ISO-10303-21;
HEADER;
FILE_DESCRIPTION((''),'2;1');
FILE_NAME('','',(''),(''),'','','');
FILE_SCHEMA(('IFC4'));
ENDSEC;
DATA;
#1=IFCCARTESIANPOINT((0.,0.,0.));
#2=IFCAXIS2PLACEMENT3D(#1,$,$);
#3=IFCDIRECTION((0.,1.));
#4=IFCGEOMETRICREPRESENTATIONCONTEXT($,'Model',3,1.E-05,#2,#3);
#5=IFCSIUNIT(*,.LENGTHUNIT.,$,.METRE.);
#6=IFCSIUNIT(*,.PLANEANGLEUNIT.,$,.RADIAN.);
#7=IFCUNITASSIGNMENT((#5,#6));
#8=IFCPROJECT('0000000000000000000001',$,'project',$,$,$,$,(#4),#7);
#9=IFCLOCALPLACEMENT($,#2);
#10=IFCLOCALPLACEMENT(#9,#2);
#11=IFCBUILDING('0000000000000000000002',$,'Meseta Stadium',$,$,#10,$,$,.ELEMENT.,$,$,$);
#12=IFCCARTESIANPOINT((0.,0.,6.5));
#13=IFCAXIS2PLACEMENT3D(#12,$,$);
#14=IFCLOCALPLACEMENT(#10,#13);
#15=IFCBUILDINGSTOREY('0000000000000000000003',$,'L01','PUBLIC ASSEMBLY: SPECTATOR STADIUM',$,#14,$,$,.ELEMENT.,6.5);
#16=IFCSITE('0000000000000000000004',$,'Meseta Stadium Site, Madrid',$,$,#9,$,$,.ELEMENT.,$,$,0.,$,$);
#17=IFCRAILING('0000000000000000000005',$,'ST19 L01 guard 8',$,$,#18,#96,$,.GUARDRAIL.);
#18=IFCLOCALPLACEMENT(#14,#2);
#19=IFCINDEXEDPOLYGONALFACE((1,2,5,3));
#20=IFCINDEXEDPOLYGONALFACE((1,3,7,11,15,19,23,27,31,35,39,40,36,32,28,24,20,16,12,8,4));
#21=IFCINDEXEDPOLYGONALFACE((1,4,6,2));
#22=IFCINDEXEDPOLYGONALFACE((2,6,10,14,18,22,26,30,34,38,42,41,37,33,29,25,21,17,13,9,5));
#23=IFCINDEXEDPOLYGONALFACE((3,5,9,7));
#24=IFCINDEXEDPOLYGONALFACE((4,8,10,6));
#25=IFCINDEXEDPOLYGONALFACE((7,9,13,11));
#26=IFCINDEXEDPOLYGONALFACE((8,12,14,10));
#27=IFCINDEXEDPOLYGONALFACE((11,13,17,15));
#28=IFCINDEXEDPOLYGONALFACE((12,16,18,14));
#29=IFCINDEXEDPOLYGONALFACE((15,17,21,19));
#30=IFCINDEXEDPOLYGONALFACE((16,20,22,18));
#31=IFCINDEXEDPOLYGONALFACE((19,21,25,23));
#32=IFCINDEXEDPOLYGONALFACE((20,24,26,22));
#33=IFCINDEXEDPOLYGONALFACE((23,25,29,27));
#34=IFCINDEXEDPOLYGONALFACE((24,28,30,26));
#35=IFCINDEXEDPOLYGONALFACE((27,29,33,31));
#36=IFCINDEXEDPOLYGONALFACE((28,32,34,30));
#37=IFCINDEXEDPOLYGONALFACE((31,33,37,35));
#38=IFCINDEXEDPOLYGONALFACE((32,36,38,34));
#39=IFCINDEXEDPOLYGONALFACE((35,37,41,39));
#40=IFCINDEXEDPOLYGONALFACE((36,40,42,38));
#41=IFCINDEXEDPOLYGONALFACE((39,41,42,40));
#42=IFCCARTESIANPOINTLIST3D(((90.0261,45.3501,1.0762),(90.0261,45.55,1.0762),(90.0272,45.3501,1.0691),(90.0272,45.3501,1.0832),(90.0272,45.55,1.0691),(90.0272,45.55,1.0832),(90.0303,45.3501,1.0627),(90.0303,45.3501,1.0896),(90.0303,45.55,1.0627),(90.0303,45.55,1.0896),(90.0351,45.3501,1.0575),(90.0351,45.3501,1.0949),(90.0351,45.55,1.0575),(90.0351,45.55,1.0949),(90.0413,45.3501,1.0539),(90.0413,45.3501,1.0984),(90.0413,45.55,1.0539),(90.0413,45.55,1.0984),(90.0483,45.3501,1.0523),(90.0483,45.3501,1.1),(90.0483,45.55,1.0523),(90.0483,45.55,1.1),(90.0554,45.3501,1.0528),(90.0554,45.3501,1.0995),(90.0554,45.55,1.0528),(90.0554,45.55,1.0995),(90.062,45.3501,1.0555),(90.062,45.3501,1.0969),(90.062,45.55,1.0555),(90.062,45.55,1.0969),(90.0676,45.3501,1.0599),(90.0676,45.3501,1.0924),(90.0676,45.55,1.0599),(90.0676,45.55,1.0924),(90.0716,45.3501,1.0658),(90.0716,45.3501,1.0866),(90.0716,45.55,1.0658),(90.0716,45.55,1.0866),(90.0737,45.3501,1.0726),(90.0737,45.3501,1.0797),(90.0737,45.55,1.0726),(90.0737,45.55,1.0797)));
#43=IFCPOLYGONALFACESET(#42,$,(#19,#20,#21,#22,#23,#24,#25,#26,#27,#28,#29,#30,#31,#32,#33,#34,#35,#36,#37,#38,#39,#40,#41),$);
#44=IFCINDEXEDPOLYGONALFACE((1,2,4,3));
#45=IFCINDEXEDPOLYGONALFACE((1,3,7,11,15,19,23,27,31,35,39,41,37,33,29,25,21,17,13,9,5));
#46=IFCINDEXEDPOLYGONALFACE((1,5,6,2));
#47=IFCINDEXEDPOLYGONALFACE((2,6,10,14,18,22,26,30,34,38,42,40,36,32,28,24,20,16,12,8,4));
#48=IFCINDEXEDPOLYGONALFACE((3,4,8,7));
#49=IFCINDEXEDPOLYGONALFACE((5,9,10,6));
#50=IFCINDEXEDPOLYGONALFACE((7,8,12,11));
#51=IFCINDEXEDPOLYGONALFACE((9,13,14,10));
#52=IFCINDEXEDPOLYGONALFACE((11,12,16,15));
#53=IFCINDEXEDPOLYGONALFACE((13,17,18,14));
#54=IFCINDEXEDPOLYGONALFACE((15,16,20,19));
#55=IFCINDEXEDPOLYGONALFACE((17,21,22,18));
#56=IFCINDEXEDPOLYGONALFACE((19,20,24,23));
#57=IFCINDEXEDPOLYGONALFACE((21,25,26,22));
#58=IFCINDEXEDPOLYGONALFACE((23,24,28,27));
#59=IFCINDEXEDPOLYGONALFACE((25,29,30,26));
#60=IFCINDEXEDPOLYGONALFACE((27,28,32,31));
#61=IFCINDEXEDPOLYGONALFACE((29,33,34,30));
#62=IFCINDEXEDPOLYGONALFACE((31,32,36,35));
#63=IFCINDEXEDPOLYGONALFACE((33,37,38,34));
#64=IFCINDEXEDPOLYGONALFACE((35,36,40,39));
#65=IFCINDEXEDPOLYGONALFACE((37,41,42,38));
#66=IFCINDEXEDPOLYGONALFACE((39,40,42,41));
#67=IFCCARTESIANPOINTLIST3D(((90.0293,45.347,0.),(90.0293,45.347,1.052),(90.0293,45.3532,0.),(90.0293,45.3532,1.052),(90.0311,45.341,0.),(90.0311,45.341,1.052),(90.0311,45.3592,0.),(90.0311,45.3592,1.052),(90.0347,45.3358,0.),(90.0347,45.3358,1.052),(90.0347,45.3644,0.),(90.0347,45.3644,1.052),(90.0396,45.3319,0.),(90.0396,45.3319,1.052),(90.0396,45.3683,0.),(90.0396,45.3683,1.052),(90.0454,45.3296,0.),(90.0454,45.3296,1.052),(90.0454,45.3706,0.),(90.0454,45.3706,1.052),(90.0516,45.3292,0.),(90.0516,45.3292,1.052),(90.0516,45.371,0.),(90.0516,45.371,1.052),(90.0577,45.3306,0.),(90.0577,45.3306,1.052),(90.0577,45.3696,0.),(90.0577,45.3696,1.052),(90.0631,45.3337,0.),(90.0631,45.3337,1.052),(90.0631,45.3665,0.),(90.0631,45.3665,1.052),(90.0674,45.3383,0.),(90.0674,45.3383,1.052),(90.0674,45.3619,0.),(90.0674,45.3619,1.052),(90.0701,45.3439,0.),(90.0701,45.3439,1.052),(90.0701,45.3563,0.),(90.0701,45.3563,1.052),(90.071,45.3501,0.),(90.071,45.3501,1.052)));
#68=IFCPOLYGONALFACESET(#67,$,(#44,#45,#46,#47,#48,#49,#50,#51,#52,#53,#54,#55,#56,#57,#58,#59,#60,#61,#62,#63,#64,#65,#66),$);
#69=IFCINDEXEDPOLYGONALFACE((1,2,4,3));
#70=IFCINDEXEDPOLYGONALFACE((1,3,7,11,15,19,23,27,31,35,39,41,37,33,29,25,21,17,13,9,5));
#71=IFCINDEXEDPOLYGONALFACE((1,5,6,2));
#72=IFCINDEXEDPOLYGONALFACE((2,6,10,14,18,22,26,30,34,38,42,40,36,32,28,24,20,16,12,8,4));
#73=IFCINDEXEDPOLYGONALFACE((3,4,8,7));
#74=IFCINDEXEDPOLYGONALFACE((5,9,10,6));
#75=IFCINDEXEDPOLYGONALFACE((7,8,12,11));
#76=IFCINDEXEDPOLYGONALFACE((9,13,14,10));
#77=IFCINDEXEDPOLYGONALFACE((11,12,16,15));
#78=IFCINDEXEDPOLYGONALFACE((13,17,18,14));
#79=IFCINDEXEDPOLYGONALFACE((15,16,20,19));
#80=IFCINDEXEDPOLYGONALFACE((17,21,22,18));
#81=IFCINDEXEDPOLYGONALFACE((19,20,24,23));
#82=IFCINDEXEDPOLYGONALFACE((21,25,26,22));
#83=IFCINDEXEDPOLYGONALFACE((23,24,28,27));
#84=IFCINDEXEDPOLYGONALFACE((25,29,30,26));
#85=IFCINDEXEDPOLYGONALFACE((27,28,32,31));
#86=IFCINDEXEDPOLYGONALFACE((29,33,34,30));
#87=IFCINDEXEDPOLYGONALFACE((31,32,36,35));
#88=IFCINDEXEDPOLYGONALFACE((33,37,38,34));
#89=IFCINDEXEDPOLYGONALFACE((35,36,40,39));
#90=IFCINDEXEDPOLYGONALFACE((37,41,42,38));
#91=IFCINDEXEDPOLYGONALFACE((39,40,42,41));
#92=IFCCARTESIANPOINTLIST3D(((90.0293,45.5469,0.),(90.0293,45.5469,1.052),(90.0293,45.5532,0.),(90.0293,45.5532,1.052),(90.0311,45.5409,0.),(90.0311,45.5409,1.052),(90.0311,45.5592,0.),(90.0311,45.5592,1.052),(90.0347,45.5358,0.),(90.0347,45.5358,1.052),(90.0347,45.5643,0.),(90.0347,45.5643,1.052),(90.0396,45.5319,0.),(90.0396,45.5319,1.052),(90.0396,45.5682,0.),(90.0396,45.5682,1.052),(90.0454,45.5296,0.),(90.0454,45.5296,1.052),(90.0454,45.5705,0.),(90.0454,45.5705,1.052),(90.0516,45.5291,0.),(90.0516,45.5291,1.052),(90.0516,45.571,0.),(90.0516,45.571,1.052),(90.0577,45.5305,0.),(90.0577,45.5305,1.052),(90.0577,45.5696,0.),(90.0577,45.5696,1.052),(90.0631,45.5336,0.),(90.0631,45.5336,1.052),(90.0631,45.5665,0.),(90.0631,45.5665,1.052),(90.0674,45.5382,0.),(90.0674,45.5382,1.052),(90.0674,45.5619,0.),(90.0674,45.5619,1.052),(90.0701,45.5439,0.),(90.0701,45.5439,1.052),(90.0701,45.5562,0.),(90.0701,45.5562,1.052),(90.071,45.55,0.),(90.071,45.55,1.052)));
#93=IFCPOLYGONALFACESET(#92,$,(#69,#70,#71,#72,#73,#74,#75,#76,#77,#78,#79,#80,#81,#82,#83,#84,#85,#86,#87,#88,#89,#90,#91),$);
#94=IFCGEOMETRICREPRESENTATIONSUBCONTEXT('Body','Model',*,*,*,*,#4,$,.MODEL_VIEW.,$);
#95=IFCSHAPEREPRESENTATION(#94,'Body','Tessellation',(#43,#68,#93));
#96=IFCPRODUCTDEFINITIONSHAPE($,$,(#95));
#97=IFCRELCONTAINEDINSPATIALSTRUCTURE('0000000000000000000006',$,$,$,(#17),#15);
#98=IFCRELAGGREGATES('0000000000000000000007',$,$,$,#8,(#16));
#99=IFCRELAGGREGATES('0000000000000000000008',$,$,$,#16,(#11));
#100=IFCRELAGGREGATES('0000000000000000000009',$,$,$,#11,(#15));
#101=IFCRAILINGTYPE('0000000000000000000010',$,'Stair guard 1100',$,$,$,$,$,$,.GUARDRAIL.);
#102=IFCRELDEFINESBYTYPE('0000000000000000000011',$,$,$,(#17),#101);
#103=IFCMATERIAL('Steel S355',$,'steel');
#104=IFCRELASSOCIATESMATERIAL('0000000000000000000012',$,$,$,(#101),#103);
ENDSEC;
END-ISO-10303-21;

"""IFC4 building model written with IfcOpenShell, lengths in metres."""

from ifc_helpers import new_model, si_unit, direction, frame, origin, origin_2d, place, context, subcontext, project, spatial, circle, extrude, material, type_object, element, save


model = new_model("IFC4")

# Units and contexts
model_context = context("Model", 3, precision=1e-05, world=origin(), true_north=direction((0.0, 1.0)))
body_context = subcontext(model_context, "Body", "Model", "MODEL_VIEW")
ifc_project = project(units=[si_unit("LENGTHUNIT", "METRE"), si_unit("PLANEANGLEUNIT", "RADIAN")], contexts=[model_context])

# Site, building, storey
site_placement = place(None, origin())
site = spatial("IfcSite", under=ifc_project, at=site_placement, Name="Meseta Stadium Site, Madrid", CompositionType="ELEMENT", RefElevation=0.0)
building_placement = place(site_placement, origin())
building = spatial("IfcBuilding", under=site, at=building_placement, Name="Meseta Stadium", CompositionType="ELEMENT")
storey_placement = place(building_placement, frame((0.0, 0.0, 6.5)))
storey = spatial("IfcBuildingStorey", under=building, at=storey_placement, Name="L01", Description="PUBLIC ASSEMBLY: SPECTATOR STADIUM", CompositionType="ELEMENT", Elevation=6.5)

# Railing
ifc_material_1 = material(Name="Steel S355", Category="steel")
railing_type_1 = type_object("IfcRailingType", Name="Stair guard 1100", PredefinedType="GUARDRAIL", material=ifc_material_1)
railing_1_placement = place(storey_placement, frame((90.05, 45.3501, 0.0)))
element("IfcRailing", 1, at=railing_1_placement, inside=storey, type_object=railing_type_1, Name="ST19 L01 guard 8", PredefinedType="GUARDRAIL", context=body_context, shape_type="SweptSolid", body=[
    extrude(circle(Radius=0.0239, at=origin_2d()), frame((0.0, 0.0, 1.0762), z_axis=(0.0, 1.0, 0.0), x_axis=(-1.0, 0.0, 0.0)), (0.0, 0.0, 1.0), 0.2),
    extrude(circle(Radius=0.021, at=origin_2d()), origin(), (0.0, 0.0, 1.0), 1.052),
    extrude(circle(Radius=0.021, at=origin_2d()), frame((0.0, 0.2, 0.0)), (0.0, 0.0, 1.0), 1.052),
])

save(model, "model.ifc")
